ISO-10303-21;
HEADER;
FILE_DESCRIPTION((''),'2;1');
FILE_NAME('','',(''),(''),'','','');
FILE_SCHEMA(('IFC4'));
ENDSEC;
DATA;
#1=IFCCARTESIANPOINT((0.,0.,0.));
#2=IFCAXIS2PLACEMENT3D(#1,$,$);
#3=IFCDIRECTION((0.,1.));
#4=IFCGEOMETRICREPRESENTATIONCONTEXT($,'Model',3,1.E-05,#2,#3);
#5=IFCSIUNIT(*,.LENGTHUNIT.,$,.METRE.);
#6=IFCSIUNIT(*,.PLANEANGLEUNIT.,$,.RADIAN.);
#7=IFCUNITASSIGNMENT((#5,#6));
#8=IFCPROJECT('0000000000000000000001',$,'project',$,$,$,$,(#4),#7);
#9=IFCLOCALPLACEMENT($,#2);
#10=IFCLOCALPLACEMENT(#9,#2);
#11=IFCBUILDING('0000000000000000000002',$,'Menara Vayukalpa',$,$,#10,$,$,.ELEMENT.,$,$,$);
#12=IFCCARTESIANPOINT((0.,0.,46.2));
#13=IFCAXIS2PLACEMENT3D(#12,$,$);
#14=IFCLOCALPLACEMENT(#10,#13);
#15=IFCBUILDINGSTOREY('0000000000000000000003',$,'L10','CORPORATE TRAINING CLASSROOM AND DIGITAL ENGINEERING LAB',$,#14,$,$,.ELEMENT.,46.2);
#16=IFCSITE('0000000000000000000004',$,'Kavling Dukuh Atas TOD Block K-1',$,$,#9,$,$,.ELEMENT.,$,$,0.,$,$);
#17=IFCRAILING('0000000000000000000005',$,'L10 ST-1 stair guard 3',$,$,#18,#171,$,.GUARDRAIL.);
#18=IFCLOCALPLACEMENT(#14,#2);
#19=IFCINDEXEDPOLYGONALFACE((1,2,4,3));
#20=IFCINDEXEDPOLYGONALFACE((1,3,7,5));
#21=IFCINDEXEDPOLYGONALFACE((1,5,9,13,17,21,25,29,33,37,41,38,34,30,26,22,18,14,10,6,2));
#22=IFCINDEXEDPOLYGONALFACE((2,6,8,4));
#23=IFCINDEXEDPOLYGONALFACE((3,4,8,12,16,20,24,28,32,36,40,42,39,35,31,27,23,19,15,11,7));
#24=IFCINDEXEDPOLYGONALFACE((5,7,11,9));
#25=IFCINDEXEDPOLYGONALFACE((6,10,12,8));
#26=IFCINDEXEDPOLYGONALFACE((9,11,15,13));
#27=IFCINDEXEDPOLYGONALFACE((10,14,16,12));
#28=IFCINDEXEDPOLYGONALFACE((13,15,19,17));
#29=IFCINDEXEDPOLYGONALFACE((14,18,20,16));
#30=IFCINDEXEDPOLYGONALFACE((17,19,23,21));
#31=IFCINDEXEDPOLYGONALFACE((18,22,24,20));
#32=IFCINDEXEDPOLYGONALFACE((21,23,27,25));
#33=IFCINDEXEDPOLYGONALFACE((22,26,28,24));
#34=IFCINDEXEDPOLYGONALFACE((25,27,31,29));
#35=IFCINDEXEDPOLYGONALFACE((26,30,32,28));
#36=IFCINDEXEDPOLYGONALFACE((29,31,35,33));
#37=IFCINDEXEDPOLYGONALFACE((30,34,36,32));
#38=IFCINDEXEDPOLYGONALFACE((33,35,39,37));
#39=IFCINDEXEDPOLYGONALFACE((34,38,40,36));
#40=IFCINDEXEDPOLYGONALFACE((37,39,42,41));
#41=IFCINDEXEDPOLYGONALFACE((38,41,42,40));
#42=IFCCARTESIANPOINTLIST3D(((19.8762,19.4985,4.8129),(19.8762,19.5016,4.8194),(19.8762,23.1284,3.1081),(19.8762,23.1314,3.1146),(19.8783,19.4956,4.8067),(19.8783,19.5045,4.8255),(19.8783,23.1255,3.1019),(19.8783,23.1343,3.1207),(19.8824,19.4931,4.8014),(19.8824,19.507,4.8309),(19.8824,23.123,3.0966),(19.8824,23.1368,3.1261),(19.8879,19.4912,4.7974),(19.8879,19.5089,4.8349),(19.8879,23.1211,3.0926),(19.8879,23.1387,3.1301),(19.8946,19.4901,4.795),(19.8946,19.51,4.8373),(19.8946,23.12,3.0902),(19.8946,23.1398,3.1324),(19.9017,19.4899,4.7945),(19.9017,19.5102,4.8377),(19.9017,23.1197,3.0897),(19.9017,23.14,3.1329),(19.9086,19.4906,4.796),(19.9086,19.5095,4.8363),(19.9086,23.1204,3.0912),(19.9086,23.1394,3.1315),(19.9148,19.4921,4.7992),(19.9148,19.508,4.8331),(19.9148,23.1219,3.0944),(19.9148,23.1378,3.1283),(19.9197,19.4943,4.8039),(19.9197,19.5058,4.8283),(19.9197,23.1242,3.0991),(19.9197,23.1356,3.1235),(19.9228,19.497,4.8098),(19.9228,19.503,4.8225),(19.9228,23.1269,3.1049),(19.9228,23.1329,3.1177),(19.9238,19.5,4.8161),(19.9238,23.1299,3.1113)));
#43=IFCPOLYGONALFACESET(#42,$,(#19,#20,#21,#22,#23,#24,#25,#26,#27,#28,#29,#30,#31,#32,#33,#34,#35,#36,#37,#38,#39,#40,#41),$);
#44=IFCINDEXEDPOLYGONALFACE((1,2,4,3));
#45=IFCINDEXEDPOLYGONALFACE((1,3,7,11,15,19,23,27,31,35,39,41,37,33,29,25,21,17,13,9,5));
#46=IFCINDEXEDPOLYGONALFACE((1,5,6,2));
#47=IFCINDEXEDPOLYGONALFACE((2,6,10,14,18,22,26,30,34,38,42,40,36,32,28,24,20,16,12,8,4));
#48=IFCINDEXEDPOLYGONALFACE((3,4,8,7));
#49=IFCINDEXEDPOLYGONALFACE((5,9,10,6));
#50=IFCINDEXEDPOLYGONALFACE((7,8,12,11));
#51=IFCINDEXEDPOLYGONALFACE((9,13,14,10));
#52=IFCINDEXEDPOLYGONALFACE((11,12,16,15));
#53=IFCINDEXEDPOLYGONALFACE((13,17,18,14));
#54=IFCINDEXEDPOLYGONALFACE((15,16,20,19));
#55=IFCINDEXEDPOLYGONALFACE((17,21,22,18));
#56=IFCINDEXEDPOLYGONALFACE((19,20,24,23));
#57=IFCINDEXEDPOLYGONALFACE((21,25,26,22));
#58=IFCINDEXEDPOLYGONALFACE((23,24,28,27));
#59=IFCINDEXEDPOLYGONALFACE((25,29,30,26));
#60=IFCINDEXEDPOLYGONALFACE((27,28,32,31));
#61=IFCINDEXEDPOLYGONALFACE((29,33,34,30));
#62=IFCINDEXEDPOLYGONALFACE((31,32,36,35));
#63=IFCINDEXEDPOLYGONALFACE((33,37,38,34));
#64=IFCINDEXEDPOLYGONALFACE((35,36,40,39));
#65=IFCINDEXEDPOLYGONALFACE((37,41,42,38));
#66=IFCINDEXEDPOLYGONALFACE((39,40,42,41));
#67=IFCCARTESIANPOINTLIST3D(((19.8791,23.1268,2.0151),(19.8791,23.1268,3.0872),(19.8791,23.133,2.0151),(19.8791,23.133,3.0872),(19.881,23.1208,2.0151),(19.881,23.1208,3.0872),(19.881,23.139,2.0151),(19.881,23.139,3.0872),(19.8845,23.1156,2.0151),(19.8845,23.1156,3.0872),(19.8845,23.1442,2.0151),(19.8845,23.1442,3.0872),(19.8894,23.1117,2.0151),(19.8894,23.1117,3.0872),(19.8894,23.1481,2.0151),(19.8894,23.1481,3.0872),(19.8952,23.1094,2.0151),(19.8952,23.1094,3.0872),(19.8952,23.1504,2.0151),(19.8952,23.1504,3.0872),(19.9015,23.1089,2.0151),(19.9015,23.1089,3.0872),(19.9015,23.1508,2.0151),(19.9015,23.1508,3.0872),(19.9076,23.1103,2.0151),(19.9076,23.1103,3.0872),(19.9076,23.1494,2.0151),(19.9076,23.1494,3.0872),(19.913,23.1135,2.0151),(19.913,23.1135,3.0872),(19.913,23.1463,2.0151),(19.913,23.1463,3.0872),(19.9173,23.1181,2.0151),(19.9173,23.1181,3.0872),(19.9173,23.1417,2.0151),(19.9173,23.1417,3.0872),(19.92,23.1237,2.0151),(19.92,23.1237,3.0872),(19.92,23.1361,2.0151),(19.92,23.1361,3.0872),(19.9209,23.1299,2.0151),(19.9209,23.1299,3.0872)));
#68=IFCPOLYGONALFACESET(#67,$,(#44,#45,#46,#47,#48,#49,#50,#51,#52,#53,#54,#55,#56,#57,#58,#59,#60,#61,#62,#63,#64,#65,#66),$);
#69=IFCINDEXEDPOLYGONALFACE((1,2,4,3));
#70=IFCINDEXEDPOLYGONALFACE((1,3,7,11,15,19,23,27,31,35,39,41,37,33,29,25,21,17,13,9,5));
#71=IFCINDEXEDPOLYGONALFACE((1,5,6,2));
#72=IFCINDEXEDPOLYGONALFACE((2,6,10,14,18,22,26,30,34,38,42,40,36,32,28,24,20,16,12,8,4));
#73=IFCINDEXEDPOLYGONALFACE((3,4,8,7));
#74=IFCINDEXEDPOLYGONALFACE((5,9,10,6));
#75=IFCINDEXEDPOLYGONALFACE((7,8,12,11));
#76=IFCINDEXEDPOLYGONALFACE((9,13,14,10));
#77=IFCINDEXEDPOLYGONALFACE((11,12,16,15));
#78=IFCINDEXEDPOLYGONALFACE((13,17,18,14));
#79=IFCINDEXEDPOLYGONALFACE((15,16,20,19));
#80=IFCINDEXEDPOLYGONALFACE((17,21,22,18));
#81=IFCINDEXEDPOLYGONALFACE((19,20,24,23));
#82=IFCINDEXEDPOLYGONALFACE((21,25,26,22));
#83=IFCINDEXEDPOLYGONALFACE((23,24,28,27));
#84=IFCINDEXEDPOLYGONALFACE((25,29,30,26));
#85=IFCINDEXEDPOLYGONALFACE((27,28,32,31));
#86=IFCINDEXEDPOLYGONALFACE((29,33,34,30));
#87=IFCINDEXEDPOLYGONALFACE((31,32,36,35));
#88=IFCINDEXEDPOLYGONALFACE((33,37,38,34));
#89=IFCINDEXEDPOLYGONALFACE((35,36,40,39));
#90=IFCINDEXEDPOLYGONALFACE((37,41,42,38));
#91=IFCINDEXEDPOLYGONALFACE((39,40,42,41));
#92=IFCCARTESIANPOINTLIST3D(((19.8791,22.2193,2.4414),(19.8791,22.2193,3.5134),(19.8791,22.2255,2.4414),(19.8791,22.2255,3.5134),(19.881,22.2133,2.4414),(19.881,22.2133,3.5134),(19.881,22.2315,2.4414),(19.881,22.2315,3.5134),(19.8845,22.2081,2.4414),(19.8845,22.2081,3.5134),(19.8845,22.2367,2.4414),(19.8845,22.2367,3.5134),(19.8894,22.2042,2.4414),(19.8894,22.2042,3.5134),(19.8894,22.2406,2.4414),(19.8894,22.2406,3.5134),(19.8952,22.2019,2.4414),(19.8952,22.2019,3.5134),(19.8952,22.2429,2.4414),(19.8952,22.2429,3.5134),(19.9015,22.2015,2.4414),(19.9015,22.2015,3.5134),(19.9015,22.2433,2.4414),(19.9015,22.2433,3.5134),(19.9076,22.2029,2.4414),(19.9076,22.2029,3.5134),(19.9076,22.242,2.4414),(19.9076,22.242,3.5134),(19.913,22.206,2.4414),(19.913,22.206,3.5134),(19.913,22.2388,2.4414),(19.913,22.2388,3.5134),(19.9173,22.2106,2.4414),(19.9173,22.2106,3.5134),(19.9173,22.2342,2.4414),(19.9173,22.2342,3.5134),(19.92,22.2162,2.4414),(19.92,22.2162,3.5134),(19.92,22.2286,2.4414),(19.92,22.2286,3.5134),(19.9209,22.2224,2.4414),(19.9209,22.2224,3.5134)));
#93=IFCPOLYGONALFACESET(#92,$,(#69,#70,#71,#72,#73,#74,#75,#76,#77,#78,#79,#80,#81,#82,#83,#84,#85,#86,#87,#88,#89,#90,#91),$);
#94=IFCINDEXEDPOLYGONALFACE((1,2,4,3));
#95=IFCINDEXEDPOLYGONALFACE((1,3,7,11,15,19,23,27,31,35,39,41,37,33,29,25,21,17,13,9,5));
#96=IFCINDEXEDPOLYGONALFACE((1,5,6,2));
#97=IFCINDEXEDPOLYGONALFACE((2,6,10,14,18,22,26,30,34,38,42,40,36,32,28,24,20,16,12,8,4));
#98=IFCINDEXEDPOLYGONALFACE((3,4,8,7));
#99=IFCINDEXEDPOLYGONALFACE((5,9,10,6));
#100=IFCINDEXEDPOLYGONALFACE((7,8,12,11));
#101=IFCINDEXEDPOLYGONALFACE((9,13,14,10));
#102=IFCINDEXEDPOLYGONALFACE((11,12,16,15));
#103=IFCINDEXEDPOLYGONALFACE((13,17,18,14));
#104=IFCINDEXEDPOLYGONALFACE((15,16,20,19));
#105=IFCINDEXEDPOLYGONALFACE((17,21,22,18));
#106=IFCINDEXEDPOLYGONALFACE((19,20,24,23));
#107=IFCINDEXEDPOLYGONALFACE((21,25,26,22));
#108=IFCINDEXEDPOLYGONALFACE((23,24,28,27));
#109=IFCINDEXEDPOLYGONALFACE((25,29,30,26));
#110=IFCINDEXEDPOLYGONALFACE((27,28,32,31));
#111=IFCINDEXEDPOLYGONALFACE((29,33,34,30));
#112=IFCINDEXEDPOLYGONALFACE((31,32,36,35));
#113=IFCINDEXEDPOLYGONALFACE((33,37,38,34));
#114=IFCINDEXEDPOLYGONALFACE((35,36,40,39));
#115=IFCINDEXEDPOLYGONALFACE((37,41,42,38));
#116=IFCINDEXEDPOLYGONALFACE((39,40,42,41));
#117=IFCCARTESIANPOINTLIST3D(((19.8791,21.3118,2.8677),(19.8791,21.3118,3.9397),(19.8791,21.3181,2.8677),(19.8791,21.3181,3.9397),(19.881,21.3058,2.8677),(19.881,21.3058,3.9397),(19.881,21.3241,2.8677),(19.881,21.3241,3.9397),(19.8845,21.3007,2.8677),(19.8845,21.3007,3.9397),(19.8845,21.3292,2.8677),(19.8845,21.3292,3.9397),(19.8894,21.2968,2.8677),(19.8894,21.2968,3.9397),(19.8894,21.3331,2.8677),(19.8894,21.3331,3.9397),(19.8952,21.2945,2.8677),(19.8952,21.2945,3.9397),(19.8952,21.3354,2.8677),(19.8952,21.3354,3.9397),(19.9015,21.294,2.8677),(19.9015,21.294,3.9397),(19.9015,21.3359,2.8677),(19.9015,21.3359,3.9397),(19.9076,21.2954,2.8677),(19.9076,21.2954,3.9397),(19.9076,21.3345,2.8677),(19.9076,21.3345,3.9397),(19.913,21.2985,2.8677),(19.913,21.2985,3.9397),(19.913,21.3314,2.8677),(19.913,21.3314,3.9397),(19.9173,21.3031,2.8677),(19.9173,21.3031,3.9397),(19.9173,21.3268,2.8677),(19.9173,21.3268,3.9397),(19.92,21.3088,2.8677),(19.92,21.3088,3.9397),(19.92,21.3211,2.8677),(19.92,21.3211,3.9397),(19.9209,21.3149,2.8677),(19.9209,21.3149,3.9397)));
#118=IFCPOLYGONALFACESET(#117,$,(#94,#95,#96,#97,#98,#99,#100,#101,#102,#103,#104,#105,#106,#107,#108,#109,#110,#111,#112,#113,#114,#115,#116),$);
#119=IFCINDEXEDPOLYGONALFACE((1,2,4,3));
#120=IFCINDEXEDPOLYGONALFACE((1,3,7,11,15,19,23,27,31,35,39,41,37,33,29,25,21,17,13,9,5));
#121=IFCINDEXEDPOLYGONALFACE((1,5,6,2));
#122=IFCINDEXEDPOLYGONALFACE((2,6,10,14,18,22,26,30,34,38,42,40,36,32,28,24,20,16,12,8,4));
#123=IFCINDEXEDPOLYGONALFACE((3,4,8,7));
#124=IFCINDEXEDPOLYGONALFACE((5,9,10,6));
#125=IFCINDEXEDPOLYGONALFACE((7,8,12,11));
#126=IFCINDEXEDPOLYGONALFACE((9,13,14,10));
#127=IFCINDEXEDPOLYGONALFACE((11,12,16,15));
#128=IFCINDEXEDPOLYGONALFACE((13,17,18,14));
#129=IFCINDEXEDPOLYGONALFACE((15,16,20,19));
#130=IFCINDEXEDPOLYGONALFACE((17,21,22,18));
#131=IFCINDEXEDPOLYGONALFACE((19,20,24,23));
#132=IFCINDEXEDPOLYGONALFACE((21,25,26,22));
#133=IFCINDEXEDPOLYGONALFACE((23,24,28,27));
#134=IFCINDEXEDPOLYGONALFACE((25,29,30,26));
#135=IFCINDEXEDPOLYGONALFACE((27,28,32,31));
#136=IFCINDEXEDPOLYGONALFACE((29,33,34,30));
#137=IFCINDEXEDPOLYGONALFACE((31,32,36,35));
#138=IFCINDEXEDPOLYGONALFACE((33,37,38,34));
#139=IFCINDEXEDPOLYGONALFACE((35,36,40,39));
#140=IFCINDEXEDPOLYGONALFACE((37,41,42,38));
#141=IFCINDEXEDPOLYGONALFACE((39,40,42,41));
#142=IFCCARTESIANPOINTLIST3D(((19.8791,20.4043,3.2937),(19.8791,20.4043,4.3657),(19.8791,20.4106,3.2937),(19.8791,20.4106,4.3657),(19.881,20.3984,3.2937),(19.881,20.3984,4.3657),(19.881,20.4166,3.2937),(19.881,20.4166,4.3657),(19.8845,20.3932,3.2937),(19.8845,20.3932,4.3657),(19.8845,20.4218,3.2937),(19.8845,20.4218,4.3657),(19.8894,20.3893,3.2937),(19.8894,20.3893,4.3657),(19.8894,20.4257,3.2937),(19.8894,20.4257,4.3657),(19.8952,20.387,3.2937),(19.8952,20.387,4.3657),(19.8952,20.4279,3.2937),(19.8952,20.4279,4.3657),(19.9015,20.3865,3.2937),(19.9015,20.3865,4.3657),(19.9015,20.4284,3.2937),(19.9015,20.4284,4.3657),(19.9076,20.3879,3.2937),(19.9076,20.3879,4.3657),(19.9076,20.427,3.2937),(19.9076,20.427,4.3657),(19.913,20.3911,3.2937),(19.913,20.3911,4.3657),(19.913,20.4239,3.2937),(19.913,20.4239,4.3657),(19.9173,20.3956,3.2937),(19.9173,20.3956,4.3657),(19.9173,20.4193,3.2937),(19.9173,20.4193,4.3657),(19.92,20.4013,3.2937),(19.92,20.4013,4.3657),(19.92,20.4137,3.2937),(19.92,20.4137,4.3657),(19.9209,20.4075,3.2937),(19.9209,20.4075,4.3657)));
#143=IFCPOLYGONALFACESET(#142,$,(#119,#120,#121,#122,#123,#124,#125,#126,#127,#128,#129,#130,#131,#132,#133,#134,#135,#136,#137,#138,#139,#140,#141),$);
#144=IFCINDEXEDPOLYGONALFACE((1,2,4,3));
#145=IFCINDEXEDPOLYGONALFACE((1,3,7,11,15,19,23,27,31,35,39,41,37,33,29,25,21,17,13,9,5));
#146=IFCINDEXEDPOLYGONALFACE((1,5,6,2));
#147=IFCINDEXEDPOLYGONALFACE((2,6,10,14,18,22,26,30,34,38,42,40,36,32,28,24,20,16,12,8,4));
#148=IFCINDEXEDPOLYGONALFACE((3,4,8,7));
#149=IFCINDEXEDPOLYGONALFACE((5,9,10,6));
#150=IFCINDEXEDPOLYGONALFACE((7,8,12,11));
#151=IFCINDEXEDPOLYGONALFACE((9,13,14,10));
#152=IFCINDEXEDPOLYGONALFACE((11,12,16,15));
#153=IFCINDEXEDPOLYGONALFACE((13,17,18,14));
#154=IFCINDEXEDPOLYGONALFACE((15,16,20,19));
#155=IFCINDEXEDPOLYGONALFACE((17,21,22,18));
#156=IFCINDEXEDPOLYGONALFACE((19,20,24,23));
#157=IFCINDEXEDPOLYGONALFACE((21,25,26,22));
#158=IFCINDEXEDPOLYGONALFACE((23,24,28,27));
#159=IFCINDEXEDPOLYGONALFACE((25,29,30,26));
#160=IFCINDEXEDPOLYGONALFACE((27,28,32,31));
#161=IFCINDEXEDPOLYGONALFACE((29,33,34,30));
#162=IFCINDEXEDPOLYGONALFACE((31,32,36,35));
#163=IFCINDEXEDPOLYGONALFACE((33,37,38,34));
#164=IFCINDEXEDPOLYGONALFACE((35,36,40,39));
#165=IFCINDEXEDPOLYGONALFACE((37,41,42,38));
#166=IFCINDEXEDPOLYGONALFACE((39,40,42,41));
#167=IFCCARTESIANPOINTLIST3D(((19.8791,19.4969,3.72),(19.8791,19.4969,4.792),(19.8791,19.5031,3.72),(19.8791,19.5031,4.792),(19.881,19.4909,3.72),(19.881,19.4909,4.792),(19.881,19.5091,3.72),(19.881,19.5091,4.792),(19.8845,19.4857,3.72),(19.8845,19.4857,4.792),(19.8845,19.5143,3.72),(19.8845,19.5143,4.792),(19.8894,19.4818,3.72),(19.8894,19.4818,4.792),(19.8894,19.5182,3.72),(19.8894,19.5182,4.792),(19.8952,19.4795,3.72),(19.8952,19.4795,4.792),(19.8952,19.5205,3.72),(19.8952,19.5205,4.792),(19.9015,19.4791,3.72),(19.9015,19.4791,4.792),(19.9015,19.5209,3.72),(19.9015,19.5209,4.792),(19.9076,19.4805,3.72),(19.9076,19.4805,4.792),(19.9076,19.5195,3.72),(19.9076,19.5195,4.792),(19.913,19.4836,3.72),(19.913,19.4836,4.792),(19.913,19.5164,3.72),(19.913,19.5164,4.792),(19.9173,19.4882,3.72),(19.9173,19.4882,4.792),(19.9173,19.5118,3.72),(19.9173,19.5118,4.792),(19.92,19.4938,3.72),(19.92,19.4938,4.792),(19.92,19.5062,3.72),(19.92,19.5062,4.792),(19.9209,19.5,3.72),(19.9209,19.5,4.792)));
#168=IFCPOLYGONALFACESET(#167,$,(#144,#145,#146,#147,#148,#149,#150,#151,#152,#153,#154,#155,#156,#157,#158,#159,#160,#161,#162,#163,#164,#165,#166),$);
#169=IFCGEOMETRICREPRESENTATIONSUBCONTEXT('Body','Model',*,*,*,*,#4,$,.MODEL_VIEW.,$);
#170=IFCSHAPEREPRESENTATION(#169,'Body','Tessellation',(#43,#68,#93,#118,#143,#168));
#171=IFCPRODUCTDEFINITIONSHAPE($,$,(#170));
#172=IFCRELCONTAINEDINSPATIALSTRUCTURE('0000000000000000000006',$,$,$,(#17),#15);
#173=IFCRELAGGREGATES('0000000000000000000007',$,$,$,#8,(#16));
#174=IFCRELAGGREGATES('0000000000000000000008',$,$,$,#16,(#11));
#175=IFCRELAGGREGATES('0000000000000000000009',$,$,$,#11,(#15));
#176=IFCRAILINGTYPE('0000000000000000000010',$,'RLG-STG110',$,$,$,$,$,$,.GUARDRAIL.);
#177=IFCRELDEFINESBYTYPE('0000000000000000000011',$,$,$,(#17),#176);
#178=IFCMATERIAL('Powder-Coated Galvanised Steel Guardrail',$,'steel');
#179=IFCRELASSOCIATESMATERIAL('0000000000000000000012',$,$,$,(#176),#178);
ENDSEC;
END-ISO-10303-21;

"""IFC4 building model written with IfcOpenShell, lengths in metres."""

from ifc_helpers import new_model, si_unit, direction, frame, origin, origin_2d, place, context, subcontext, project, spatial, circle, extrude, material, type_object, element, save


model = new_model("IFC4")

# Units and contexts
model_context = context("Model", 3, precision=1e-05, world=origin(), true_north=direction((0.0, 1.0)))
body_context = subcontext(model_context, "Body", "Model", "MODEL_VIEW")
ifc_project = project(units=[si_unit("LENGTHUNIT", "METRE"), si_unit("PLANEANGLEUNIT", "RADIAN")], contexts=[model_context])

# Site, building, storey
site_placement = place(None, origin())
site = spatial("IfcSite", under=ifc_project, at=site_placement, Name="Kavling Dukuh Atas TOD Block K-1", CompositionType="ELEMENT", RefElevation=0.0)
building_placement = place(site_placement, origin())
building = spatial("IfcBuilding", under=site, at=building_placement, Name="Menara Vayukalpa", CompositionType="ELEMENT")
storey_placement = place(building_placement, frame((0.0, 0.0, 46.2)))
storey = spatial("IfcBuildingStorey", under=building, at=storey_placement, Name="L10", Description="CORPORATE TRAINING CLASSROOM AND DIGITAL ENGINEERING LAB", CompositionType="ELEMENT", Elevation=46.2)

# Railing
ifc_material_1 = material(Name="Powder-Coated Galvanised Steel Guardrail", Category="steel")
railing_type_1 = type_object("IfcRailingType", Name="RLG-STG110", PredefinedType="GUARDRAIL", material=ifc_material_1)
railing_1_placement = place(storey_placement, frame((19.8999, 23.1299, 2.0151)))
element("IfcRailing", 1, at=railing_1_placement, inside=storey, type_object=railing_type_1, Name="L10 ST-1 stair guard 3", PredefinedType="GUARDRAIL", context=body_context, shape_type="SweptSolid", body=[
    extrude(circle(Radius=0.0239, at=origin_2d()), frame((0.0, 0.0, 1.0962), z_axis=(0.0, -0.90514, 0.425114), x_axis=(1.0, 0.0, 0.0)), (0.0, 0.0, 1.0), 4.0103),
    extrude(circle(Radius=0.021, at=origin_2d()), origin(), (0.0, 0.0, 1.0), 1.072),
    extrude(circle(Radius=0.021, at=origin_2d()), frame((0.0, -0.9075, 0.4263)), (0.0, 0.0, 1.0), 1.072),
    extrude(circle(Radius=0.021, at=origin_2d()), frame((0.0, -1.8149, 0.8525)), (0.0, 0.0, 1.0), 1.072),
    extrude(circle(Radius=0.021, at=origin_2d()), frame((0.0, -2.7224, 1.2786)), (0.0, 0.0, 1.0), 1.072),
    extrude(circle(Radius=0.021, at=origin_2d()), frame((0.0, -3.6299, 1.7048)), (0.0, 0.0, 1.0), 1.072),
])

save(model, "model.ifc")
